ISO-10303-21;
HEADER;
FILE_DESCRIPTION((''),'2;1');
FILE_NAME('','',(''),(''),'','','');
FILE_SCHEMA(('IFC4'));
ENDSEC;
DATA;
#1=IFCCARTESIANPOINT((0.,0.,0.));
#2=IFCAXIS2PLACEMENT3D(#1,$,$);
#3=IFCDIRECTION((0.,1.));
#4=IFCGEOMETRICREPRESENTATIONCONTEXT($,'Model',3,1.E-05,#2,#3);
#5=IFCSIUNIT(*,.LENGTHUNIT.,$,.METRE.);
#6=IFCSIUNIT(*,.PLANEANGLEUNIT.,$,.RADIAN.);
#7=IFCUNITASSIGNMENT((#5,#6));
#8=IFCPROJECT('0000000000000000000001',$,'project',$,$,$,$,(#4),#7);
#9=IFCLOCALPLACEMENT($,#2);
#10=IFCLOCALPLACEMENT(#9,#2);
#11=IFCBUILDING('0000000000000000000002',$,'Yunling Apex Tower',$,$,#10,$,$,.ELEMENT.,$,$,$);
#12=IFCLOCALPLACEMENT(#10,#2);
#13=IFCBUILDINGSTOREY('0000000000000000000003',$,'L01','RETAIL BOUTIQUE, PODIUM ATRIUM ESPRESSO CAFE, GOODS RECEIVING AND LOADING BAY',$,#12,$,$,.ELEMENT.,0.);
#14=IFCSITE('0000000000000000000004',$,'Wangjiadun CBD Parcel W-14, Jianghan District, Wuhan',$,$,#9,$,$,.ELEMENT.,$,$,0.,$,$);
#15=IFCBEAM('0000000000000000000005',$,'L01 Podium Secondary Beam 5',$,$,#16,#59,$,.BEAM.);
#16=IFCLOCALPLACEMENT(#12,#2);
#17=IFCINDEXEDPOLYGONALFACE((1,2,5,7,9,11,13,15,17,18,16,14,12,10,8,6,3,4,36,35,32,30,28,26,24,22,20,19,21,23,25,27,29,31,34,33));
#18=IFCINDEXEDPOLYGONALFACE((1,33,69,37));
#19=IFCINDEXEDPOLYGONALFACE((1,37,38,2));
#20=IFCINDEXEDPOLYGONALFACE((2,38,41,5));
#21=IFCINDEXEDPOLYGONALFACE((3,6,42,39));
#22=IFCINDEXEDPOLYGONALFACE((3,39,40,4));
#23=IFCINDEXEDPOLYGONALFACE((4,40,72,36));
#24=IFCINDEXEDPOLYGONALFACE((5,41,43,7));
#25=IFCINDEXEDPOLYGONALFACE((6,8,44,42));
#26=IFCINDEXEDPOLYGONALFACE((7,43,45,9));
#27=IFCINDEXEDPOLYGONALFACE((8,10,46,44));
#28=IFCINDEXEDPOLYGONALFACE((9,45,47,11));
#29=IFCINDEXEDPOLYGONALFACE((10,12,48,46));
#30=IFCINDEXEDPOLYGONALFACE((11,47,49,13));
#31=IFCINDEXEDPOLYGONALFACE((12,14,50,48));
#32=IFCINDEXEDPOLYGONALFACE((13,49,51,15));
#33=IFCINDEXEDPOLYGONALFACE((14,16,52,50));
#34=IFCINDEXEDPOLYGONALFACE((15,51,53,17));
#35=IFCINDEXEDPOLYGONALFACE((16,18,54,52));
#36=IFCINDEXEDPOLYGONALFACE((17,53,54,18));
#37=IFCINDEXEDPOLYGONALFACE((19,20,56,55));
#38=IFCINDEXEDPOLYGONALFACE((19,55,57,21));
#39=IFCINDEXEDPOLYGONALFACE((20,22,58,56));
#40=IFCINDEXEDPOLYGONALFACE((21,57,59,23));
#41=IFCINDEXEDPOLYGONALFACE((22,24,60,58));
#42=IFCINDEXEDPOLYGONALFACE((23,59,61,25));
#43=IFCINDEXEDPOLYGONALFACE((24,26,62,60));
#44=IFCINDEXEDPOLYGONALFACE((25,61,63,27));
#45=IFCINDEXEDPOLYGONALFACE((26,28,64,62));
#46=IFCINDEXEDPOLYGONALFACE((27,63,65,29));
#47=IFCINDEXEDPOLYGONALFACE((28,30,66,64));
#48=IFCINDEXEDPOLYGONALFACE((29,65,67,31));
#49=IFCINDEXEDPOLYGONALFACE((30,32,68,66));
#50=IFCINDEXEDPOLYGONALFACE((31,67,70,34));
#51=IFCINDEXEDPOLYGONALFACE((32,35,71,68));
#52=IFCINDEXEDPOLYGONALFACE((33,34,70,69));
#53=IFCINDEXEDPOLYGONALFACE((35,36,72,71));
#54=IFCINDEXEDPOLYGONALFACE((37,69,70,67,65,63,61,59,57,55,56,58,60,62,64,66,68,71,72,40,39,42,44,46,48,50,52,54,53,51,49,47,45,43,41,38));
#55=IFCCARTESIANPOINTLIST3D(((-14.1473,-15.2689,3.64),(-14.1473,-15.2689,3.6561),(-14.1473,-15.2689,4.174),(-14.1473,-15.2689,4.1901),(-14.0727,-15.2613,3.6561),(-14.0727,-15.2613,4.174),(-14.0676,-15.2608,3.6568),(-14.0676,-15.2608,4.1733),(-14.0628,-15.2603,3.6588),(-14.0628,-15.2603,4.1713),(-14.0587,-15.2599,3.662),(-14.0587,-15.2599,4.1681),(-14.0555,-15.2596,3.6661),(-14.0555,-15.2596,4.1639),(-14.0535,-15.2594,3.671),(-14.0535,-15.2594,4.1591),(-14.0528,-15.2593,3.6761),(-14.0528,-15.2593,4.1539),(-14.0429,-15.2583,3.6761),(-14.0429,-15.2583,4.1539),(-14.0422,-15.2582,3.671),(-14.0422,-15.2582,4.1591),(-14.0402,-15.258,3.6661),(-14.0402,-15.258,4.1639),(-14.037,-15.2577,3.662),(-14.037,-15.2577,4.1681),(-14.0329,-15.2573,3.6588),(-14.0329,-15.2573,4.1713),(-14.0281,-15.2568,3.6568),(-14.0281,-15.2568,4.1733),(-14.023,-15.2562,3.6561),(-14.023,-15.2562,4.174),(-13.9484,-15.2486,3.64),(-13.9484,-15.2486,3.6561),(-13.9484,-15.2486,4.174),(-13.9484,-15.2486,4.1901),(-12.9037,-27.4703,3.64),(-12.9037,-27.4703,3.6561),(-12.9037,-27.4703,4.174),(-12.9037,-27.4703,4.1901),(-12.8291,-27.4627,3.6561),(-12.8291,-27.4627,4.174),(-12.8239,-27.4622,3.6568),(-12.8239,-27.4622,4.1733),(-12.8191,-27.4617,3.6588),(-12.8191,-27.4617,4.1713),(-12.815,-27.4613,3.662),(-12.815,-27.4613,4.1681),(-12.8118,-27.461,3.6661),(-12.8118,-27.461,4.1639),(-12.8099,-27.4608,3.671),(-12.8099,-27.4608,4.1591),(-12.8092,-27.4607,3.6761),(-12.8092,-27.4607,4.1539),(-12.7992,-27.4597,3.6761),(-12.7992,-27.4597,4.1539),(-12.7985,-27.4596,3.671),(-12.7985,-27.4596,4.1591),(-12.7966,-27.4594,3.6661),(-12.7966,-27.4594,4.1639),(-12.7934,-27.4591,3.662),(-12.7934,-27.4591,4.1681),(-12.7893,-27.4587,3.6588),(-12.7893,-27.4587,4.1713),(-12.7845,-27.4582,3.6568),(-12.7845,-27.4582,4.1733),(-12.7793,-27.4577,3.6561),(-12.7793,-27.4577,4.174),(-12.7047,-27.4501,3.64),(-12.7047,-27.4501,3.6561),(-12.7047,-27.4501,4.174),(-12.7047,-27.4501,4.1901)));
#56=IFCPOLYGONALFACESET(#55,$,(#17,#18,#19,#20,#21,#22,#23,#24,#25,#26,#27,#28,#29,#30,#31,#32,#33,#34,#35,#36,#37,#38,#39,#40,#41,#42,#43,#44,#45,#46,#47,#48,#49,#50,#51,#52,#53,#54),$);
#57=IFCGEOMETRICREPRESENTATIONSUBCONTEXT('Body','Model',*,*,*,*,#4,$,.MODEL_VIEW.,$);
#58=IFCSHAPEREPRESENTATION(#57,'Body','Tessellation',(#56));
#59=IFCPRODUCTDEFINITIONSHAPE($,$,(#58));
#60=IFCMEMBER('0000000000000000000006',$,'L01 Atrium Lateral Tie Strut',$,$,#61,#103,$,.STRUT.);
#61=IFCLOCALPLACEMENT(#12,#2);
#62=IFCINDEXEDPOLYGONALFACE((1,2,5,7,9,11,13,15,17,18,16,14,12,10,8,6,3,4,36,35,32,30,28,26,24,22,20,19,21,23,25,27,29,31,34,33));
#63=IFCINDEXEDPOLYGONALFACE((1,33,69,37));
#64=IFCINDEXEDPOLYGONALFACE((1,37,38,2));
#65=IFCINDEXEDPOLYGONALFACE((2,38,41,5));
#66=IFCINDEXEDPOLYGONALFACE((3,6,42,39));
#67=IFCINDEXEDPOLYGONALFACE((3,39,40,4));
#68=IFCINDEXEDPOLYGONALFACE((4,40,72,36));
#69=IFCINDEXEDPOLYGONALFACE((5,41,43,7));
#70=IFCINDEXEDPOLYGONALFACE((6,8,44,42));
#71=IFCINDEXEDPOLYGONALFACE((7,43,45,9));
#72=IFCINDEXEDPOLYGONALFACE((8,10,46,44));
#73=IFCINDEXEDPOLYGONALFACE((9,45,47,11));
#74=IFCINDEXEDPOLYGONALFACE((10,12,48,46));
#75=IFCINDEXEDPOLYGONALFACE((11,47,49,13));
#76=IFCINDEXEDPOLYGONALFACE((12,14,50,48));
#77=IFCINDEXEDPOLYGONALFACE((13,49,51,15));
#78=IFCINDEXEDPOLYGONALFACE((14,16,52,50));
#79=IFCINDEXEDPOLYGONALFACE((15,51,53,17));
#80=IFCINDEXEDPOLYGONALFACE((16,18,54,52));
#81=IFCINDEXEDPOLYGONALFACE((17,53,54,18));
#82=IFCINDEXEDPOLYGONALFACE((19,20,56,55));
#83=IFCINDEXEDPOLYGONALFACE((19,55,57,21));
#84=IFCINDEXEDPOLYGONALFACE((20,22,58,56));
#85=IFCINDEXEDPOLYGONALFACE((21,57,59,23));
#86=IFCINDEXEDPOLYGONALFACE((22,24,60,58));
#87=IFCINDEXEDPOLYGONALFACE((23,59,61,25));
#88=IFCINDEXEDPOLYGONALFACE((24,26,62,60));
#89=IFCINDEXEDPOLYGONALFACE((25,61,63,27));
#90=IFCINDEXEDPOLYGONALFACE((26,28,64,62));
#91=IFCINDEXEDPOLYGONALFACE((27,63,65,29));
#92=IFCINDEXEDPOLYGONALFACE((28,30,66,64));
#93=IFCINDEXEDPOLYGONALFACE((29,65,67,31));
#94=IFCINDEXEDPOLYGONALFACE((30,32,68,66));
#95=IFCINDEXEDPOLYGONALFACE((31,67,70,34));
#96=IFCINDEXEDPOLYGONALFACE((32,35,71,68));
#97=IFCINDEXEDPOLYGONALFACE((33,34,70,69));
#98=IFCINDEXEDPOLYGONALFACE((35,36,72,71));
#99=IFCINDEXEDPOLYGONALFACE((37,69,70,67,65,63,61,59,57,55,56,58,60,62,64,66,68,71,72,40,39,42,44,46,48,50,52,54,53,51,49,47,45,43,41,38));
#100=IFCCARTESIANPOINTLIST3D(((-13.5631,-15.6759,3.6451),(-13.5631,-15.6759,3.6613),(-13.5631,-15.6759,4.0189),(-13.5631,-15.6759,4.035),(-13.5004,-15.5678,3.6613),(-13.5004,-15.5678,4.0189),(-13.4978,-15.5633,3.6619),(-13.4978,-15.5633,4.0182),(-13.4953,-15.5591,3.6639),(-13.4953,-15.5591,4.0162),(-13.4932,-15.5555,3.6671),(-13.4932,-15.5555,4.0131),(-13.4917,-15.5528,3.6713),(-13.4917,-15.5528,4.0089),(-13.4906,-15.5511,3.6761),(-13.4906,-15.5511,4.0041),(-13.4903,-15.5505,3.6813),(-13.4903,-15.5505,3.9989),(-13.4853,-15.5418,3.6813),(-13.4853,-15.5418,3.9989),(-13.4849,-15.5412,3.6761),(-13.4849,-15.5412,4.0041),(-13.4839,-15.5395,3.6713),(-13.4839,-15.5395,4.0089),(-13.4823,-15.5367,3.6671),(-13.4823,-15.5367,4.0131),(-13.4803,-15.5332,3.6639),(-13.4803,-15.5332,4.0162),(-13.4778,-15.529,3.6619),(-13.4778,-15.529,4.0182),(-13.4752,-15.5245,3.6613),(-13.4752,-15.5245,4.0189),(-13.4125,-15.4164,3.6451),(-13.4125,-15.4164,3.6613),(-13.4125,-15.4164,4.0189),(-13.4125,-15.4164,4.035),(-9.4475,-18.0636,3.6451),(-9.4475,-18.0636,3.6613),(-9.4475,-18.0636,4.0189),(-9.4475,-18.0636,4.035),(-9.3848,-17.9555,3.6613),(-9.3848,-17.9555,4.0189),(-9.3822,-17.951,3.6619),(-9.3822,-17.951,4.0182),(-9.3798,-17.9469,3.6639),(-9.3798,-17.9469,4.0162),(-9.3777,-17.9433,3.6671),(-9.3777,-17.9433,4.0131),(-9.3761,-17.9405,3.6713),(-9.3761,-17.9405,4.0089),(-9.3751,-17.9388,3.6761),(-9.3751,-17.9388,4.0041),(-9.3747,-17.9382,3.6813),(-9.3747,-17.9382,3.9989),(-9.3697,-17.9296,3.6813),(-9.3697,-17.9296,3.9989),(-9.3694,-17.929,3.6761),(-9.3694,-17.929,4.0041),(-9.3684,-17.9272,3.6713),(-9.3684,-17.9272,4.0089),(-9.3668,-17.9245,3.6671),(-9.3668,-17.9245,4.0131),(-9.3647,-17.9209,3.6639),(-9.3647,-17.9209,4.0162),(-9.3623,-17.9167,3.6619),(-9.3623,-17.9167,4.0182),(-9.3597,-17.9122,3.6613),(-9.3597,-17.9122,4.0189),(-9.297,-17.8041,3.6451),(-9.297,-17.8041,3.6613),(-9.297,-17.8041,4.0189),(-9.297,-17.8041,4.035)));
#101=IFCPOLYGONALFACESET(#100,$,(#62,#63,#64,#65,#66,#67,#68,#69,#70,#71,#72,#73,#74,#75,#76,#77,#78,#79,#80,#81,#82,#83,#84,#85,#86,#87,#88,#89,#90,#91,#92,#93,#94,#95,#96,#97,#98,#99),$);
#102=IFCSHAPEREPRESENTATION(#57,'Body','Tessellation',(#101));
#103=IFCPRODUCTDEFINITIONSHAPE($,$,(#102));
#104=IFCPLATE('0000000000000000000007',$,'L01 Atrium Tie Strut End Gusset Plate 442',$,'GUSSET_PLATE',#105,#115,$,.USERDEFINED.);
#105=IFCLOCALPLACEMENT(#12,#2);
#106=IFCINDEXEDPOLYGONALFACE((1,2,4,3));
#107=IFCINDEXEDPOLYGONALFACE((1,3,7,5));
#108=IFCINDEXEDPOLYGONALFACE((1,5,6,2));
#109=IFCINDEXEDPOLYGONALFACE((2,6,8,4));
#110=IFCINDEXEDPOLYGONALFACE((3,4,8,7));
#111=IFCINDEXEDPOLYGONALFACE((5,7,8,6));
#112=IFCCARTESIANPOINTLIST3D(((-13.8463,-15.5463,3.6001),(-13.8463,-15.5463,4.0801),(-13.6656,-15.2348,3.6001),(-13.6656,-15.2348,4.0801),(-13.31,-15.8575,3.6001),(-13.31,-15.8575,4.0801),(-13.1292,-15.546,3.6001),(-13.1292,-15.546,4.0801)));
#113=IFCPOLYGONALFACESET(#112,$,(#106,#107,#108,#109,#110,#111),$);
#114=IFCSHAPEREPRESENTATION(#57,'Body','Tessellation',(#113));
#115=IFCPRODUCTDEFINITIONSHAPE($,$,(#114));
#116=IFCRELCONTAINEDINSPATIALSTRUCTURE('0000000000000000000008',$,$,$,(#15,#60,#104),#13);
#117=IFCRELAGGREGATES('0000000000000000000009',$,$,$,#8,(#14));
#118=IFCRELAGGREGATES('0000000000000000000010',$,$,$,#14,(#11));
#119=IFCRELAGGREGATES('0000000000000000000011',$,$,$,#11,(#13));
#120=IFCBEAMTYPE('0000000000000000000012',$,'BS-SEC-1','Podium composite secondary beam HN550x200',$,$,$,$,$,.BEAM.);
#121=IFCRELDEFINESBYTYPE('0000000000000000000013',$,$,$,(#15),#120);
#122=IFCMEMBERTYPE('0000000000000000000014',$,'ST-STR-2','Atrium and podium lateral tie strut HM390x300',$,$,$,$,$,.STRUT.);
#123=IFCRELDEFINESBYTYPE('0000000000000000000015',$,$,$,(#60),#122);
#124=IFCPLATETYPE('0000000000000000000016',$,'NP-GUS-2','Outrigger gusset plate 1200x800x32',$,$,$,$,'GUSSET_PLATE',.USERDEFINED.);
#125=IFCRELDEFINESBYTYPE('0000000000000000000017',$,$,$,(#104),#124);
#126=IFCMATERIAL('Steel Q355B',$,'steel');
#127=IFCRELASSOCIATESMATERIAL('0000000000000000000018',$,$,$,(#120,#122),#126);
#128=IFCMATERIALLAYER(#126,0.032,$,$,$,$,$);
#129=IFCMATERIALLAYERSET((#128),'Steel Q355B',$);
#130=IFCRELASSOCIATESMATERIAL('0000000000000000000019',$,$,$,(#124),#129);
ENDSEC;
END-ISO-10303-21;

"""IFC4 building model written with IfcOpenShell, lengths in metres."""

from ifc_helpers import new_model, si_unit, direction, frame, origin, origin_2d, place, context, subcontext, project, spatial, rectangle, i_section, extrude, source, transform, mapped, material, layer, layer_set, material_profile, profile_set, type_object, element, save


model = new_model("IFC4")

# Units and contexts
model_context = context("Model", 3, precision=1e-05, world=origin(), true_north=direction((0.0, 1.0)))
body_context = subcontext(model_context, "Body", "Model", "MODEL_VIEW")
ifc_project = project(units=[si_unit("LENGTHUNIT", "METRE"), si_unit("PLANEANGLEUNIT", "RADIAN")], contexts=[model_context])

# Site, building, storey
site_placement = place(None, origin())
site = spatial("IfcSite", under=ifc_project, at=site_placement, Name="Wangjiadun CBD Parcel W-14, Jianghan District, Wuhan", CompositionType="ELEMENT", RefElevation=0.0)
building_placement = place(site_placement, origin())
building = spatial("IfcBuilding", under=site, at=building_placement, Name="Yunling Apex Tower", CompositionType="ELEMENT")
storey_placement = place(building_placement, origin())
storey = spatial("IfcBuildingStorey", under=building, at=storey_placement, Name="L01", Description="RETAIL BOUTIQUE, PODIUM ATRIUM ESPRESSO CAFE, GOODS RECEIVING AND LOADING BAY", CompositionType="ELEMENT", Elevation=0.0)

# Beam
ifc_material_1 = material(Name="Steel Q355B", Category="steel")
ifc_material_profile_1 = material_profile(ifc_material_1, i_section(OverallWidth=0.2, OverallDepth=0.55, WebThickness=0.01, FlangeThickness=0.0161, FilletRadius=0.02, at=origin_2d()))
ifc_profile_set_1 = profile_set([ifc_material_profile_1], Name="Steel Q355B")
beam_type_1 = type_object("IfcBeamType", Name="BS-SEC-1", Description="Podium composite secondary beam HN550x200", PredefinedType="BEAM", material=ifc_profile_set_1)
shared_shape_1 = source(origin(), body_context, "Body", "SweptSolid", [
    extrude(i_section(OverallWidth=0.2, OverallDepth=0.55, WebThickness=0.01, FlangeThickness=0.0161, FilletRadius=0.02, at=origin_2d()), origin(), (0.0, 0.0, 1.0), 12.2646),
])
beam_1_placement = place(storey_placement, frame((-12.8042, -27.4602, 3.915), z_axis=(-0.101402, 0.994846, 0.0), x_axis=(-0.994846, -0.101402, 0.0)))
element("IfcBeam", 1, at=beam_1_placement, inside=storey, type_object=beam_type_1, Name="L01 Podium Secondary Beam 5", PredefinedType="BEAM", context=body_context, shape_type="MappedRepresentation", body=[
    mapped(shared_shape_1, transform((0.0, 0.0, 0.0), scale=1.0)),
])

# Member
ifc_material_profile_2 = material_profile(ifc_material_1, i_section(OverallWidth=0.3, OverallDepth=0.3899, WebThickness=0.01, FlangeThickness=0.0161, FilletRadius=0.02, at=origin_2d()))
ifc_profile_set_2 = profile_set([ifc_material_profile_2], Name="Steel Q355B")
member_type = type_object("IfcMemberType", Name="ST-STR-2", Description="Atrium and podium lateral tie strut HM390x300", PredefinedType="STRUT", material=ifc_profile_set_2)
shared_shape_2 = source(origin(), body_context, "Body", "SweptSolid", [
    extrude(i_section(OverallWidth=0.3, OverallDepth=0.3899, WebThickness=0.01, FlangeThickness=0.0161, FilletRadius=0.02, at=origin_2d()), origin(), (0.0, 0.0, 1.0), 4.7581),
])
member_placement = place(storey_placement, frame((-13.4878, -15.5461, 3.8401), z_axis=(0.864966, -0.501831, 0.0), x_axis=(0.501831, 0.864966, 0.0)))
element("IfcMember", 2, at=member_placement, inside=storey, type_object=member_type, Name="L01 Atrium Lateral Tie Strut", PredefinedType="STRUT", context=body_context, shape_type="MappedRepresentation", body=[
    mapped(shared_shape_2, transform((0.0, 0.0, 0.0), scale=1.0)),
])

# Plate
ifc_layer_1 = layer(ifc_material_1, 0.032)
ifc_layer_set_1 = layer_set([ifc_layer_1], Name="Steel Q355B")
plate_type = type_object("IfcPlateType", Name="NP-GUS-2", Description="Outrigger gusset plate 1200x800x32", ElementType="GUSSET_PLATE", PredefinedType="USERDEFINED", material=ifc_layer_set_1)
shared_shape_3 = source(origin(), body_context, "Body", "SweptSolid", [
    extrude(rectangle(XDim=0.6201, YDim=0.3601, at=origin_2d()), origin(), (0.0, 0.0, 1.0), 0.48),
])
plate_placement = place(storey_placement, frame((-13.4878, -15.5461, 3.6001), z_axis=(0.0, 0.0, 1.0), x_axis=(0.864976, -0.501813, 0.0)))
element("IfcPlate", 3, at=plate_placement, inside=storey, type_object=plate_type, Name="L01 Atrium Tie Strut End Gusset Plate 442", ObjectType="GUSSET_PLATE", PredefinedType="USERDEFINED", context=body_context, shape_type="MappedRepresentation", body=[
    mapped(shared_shape_3, transform((0.0, 0.0, 0.0), scale=1.0)),
])

save(model, "model.ifc")
